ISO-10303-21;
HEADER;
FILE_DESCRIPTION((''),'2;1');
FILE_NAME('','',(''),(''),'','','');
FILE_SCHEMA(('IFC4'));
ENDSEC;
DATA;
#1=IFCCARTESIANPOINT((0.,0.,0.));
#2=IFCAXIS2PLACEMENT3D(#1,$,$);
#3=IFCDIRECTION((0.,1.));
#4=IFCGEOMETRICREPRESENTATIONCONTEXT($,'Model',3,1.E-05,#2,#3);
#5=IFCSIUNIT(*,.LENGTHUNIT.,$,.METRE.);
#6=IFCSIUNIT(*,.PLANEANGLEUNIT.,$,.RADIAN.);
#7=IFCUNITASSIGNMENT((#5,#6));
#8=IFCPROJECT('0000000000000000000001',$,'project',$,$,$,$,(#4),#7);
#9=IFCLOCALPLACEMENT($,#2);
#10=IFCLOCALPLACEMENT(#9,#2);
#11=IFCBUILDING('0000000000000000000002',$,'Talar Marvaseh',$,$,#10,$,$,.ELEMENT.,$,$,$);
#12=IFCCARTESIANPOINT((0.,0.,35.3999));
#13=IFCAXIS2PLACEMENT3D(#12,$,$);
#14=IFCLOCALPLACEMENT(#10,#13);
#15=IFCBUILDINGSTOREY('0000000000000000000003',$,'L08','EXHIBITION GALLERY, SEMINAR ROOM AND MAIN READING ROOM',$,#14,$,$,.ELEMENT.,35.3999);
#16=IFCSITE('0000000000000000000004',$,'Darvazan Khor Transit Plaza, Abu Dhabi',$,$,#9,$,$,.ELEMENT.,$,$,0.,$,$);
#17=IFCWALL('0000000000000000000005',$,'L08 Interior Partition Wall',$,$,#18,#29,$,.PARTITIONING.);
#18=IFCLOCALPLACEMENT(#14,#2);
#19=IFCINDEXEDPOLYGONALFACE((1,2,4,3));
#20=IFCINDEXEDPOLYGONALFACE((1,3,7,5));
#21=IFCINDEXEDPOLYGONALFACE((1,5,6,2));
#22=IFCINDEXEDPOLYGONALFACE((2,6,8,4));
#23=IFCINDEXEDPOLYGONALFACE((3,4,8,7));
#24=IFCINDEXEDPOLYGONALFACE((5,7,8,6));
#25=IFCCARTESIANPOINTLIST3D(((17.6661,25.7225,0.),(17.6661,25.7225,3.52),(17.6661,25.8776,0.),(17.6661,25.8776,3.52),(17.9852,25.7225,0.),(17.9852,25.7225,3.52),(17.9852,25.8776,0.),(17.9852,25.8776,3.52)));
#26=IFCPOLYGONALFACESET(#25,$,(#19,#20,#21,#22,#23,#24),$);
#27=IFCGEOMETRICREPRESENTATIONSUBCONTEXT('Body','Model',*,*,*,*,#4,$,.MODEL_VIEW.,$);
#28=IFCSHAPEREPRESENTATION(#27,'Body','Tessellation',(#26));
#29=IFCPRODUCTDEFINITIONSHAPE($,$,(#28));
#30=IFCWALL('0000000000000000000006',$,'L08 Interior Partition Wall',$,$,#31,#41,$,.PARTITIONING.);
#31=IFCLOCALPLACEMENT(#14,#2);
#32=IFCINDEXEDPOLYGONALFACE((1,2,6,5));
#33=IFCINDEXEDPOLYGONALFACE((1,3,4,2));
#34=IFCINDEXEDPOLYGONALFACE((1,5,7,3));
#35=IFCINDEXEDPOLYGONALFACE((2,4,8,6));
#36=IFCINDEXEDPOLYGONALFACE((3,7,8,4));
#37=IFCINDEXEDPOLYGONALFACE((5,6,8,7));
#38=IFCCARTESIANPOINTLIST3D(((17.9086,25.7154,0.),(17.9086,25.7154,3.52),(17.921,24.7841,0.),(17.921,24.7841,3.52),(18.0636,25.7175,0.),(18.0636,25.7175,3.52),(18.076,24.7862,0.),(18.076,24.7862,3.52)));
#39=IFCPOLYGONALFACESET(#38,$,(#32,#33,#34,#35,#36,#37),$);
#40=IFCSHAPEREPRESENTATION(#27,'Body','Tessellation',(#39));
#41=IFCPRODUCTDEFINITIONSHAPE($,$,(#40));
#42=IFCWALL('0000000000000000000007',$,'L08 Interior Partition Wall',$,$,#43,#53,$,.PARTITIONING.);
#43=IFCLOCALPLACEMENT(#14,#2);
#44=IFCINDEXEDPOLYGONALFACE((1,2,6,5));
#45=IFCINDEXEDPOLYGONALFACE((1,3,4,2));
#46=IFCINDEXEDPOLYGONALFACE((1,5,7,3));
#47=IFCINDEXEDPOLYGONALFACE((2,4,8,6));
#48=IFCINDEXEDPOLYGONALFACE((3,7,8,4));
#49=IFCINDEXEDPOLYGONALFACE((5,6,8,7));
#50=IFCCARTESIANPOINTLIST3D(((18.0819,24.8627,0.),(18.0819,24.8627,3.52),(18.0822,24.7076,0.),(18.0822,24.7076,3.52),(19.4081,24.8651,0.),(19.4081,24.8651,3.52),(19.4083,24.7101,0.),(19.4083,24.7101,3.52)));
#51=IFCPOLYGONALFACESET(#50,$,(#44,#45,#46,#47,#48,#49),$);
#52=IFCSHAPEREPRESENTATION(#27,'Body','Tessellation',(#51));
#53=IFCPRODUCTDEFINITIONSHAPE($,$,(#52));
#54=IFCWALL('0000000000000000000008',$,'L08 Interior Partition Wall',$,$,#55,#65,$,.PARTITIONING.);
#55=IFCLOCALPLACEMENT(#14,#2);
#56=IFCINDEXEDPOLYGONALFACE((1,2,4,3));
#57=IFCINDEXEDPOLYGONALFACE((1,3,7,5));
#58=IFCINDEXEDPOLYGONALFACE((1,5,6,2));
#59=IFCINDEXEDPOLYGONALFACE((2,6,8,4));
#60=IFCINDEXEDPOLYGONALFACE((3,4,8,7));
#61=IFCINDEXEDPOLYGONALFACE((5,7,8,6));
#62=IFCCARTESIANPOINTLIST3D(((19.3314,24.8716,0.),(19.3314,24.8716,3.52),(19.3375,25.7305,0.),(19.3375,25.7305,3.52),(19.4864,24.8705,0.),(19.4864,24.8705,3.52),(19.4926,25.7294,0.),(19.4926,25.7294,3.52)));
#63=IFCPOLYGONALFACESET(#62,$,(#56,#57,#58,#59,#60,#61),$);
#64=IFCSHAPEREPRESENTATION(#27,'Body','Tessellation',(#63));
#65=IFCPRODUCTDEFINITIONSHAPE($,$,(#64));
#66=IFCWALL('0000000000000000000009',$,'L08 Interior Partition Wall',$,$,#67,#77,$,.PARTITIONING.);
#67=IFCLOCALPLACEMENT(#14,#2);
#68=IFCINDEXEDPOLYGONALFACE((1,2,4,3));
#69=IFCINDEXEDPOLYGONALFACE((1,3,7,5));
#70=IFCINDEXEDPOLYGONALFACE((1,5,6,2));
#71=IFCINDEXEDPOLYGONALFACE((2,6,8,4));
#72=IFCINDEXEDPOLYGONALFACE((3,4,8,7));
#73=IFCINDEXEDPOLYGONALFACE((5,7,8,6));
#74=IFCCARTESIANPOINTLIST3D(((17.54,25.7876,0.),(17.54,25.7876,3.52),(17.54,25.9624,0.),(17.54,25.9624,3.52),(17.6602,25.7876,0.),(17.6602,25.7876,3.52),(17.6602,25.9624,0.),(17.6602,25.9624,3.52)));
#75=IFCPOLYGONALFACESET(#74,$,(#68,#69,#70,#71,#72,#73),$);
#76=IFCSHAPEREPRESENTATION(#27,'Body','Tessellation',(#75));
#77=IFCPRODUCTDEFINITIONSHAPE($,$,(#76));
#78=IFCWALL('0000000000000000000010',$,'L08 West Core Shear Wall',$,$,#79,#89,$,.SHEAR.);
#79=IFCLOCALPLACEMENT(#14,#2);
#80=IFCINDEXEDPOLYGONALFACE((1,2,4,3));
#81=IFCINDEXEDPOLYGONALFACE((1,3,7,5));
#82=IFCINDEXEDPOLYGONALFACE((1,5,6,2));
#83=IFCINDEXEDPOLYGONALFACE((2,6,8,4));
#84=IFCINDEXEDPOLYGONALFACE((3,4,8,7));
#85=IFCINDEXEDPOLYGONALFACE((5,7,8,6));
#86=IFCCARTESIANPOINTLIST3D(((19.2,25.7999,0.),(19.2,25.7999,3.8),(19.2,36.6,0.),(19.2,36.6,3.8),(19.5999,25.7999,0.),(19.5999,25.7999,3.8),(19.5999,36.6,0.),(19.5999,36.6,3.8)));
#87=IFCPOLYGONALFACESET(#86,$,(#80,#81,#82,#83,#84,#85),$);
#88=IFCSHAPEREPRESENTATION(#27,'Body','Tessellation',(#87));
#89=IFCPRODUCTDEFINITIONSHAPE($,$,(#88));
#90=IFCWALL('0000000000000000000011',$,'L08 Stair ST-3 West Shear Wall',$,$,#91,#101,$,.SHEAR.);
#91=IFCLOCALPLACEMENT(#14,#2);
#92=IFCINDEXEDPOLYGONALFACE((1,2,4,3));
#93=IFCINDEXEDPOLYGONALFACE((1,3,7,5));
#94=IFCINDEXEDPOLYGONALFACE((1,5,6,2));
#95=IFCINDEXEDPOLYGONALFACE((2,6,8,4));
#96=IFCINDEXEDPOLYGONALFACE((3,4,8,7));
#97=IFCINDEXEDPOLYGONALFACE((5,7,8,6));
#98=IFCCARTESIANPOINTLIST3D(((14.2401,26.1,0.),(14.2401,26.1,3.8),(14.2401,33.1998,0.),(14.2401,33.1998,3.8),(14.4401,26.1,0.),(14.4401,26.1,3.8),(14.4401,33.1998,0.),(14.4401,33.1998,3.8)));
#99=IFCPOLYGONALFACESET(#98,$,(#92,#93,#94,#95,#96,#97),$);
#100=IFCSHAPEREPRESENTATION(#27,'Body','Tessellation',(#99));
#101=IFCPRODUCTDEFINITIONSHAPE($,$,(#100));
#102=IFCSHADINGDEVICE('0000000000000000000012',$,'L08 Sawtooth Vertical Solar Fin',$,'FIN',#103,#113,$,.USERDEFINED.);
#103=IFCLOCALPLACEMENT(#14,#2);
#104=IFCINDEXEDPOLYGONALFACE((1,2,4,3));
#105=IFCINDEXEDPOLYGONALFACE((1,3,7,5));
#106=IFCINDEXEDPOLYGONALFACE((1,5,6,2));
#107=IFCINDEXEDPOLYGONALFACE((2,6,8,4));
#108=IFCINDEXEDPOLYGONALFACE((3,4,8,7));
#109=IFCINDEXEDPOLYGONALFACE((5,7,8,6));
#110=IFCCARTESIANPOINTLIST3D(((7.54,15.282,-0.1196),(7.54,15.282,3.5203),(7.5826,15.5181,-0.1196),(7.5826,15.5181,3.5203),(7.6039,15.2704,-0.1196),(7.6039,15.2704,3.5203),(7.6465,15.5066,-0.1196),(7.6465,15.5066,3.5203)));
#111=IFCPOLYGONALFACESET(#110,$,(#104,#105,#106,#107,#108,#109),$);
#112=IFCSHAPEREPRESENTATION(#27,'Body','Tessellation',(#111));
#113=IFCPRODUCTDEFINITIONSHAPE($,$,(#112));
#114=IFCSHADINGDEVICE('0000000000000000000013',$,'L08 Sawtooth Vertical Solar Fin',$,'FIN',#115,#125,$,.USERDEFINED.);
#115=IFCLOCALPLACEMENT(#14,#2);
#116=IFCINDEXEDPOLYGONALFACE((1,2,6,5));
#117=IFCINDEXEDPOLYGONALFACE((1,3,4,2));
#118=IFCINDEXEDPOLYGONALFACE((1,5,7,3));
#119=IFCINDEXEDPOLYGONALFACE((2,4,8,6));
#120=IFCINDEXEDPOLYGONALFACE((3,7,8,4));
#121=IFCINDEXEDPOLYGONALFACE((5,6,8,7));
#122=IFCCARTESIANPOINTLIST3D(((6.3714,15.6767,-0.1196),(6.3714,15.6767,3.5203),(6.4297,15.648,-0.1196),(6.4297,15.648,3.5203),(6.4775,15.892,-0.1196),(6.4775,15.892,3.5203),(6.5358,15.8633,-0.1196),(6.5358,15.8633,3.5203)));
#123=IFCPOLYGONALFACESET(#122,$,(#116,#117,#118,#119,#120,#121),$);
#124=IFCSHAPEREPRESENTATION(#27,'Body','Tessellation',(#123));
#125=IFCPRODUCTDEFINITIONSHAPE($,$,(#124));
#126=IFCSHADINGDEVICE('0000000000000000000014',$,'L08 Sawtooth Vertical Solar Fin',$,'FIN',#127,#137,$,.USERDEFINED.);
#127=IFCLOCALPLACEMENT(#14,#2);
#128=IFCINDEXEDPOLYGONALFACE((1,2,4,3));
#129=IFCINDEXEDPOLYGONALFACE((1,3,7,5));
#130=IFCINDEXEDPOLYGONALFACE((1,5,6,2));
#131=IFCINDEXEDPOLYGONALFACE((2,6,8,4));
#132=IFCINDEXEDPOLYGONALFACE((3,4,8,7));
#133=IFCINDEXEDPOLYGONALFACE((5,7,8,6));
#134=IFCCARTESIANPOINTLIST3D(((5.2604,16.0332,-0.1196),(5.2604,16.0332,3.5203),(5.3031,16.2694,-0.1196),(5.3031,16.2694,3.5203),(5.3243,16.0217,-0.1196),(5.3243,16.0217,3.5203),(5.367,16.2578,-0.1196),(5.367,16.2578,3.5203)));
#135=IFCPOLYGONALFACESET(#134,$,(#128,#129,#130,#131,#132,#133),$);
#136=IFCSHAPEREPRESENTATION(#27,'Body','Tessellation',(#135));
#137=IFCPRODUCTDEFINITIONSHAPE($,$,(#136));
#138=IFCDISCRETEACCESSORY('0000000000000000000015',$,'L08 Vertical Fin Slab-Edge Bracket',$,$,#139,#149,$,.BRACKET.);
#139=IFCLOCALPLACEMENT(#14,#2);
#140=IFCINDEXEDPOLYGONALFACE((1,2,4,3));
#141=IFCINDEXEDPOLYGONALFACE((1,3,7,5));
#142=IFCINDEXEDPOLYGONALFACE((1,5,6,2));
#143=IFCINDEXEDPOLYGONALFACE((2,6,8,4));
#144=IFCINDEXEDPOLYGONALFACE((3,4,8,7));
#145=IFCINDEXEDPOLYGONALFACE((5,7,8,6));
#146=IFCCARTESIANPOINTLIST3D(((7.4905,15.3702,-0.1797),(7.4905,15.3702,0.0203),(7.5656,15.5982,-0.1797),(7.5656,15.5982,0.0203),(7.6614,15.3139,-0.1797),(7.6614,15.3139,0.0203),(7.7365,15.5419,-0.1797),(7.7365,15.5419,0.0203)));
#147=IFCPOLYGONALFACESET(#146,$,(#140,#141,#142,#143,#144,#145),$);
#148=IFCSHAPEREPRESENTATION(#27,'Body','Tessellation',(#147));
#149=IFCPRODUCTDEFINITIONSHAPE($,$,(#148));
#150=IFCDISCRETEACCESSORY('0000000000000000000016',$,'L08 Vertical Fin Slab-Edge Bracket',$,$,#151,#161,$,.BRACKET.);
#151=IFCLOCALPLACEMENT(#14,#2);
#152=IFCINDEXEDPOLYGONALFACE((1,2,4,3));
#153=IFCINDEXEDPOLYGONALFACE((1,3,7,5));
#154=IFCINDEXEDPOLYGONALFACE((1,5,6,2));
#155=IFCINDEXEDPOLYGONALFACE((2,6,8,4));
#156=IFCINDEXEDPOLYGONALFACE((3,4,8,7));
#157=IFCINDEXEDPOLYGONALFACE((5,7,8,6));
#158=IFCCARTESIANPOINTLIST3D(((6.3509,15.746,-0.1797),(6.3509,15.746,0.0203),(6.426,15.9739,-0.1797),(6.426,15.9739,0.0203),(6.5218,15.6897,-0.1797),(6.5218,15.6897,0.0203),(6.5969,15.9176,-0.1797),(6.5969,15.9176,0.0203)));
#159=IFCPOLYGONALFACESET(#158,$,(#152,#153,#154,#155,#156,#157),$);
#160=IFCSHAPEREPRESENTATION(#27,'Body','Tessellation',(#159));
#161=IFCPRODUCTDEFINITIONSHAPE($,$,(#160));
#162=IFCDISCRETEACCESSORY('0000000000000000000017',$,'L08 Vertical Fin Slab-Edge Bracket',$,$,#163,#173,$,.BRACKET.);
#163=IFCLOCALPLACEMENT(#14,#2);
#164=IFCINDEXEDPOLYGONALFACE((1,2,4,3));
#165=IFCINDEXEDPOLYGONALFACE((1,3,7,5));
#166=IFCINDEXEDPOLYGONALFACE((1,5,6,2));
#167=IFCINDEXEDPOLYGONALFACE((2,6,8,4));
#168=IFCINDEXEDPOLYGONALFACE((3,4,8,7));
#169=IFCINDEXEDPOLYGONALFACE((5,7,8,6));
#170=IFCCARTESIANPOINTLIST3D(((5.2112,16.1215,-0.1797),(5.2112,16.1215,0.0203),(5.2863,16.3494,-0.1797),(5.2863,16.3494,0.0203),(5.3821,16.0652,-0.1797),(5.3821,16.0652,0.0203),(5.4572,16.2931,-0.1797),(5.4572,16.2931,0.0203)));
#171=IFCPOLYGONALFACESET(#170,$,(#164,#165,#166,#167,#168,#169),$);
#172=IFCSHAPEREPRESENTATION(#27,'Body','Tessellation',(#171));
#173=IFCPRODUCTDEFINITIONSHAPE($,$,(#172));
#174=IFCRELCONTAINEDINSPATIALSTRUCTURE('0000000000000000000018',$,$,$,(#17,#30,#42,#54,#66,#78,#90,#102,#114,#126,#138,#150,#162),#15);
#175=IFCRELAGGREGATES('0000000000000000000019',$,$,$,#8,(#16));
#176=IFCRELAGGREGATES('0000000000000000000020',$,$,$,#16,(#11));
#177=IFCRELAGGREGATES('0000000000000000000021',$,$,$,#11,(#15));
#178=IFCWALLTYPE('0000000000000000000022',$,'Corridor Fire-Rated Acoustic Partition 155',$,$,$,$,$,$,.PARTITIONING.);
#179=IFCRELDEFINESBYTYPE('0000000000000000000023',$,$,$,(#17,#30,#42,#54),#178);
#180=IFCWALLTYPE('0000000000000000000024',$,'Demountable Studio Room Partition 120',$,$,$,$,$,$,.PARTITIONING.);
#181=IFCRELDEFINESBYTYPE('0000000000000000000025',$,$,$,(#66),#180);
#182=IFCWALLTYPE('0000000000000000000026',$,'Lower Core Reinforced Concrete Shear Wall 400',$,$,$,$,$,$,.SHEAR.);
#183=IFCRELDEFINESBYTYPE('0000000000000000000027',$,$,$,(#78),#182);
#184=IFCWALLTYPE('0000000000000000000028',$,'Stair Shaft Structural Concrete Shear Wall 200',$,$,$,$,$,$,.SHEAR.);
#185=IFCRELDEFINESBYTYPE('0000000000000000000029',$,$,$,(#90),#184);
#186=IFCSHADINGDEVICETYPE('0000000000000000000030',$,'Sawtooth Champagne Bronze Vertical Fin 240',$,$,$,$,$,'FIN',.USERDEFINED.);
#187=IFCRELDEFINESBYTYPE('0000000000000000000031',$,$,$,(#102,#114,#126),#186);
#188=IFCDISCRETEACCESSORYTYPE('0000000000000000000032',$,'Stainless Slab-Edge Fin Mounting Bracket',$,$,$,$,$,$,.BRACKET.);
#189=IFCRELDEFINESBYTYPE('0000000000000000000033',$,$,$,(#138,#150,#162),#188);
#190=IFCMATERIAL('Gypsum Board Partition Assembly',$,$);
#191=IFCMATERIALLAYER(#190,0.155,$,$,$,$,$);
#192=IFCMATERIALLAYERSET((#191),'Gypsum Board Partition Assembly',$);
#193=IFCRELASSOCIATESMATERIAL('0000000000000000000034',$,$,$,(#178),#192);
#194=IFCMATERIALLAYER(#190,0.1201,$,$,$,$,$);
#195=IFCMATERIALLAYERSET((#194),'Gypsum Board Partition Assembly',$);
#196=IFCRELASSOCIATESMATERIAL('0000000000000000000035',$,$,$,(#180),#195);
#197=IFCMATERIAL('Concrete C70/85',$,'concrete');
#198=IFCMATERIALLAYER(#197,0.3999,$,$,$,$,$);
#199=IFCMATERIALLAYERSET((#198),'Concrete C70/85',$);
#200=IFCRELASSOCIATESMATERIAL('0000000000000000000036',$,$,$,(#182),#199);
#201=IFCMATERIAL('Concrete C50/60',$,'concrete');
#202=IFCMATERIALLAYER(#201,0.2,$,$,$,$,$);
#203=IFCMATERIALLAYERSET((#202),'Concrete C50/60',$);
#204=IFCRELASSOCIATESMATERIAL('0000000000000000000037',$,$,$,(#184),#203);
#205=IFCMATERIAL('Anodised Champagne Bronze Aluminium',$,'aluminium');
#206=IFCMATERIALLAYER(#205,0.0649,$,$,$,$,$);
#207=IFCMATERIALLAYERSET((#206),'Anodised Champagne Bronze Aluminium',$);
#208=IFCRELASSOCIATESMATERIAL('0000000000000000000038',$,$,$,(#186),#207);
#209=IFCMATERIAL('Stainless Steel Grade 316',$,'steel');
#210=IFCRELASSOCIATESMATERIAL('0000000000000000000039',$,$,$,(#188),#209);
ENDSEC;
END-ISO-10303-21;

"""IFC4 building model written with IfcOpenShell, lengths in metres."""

from ifc_helpers import new_model, si_unit, direction, frame, frame_2d, origin, origin_2d, place, context, subcontext, project, spatial, rectangle, extrude, source, transform, mapped, material, layer, layer_set, type_object, type_shapes, element, save


model = new_model("IFC4")

# Units and contexts
model_context = context("Model", 3, precision=1e-05, world=origin(), true_north=direction((0.0, 1.0)))
body_context = subcontext(model_context, "Body", "Model", "MODEL_VIEW")
ifc_project = project(units=[si_unit("LENGTHUNIT", "METRE"), si_unit("PLANEANGLEUNIT", "RADIAN")], contexts=[model_context])

# Site, building, storey
site_placement = place(None, origin())
site = spatial("IfcSite", under=ifc_project, at=site_placement, Name="Darvazan Khor Transit Plaza, Abu Dhabi", CompositionType="ELEMENT", RefElevation=0.0)
building_placement = place(site_placement, origin())
building = spatial("IfcBuilding", under=site, at=building_placement, Name="Talar Marvaseh", CompositionType="ELEMENT")
storey_placement = place(building_placement, frame((0.0, 0.0, 35.3999)))
storey = spatial("IfcBuildingStorey", under=building, at=storey_placement, Name="L08", Description="EXHIBITION GALLERY, SEMINAR ROOM AND MAIN READING ROOM", CompositionType="ELEMENT", Elevation=35.3999)

# Shared definitions
ifc_material_1 = material(Name="Concrete C70/85", Category="concrete")

# Walls
ifc_material_2 = material(Name="Gypsum Board Partition Assembly")
ifc_layer_1 = layer(ifc_material_2, 0.155)
ifc_layer_set_1 = layer_set([ifc_layer_1], Name="Gypsum Board Partition Assembly")
wall_type_1 = type_object("IfcWallType", Name="Corridor Fire-Rated Acoustic Partition 155", PredefinedType="PARTITIONING", material=ifc_layer_set_1)
wall_1_placement = place(storey_placement, frame((17.666, 25.8, 0.0), z_axis=(0.0, 0.0, 1.0), x_axis=(1.0, 0.0, 0.0)))
element("IfcWall", 1, at=wall_1_placement, inside=storey, type_object=wall_type_1, Name="L08 Interior Partition Wall", PredefinedType="PARTITIONING", context=body_context, shape_type="SweptSolid", body=[
    extrude(rectangle(XDim=0.3191, YDim=0.155, at=frame_2d((0.1597, 0.0))), origin(), (0.0, 0.0, 1.0), 3.52),
])
wall_2_placement = place(storey_placement, frame((17.9861, 25.7166, 0.0), z_axis=(0.0, 0.0, 1.0), x_axis=(0.013367, -0.999911, 0.0)))
element("IfcWall", 2, at=wall_2_placement, inside=storey, type_object=wall_type_1, Name="L08 Interior Partition Wall", PredefinedType="PARTITIONING", context=body_context, shape_type="SweptSolid", body=[
    extrude(rectangle(XDim=0.9314, YDim=0.155, at=frame_2d((0.4658, 0.0))), origin(), (0.0, 0.0, 1.0), 3.52),
])
wall_3_placement = place(storey_placement, frame((18.082, 24.7852, 0.0), z_axis=(0.0, 0.0, 1.0), x_axis=(0.999998, 0.001841, 0.0)))
element("IfcWall", 3, at=wall_3_placement, inside=storey, type_object=wall_type_1, Name="L08 Interior Partition Wall", PredefinedType="PARTITIONING", context=body_context, shape_type="SweptSolid", body=[
    extrude(rectangle(XDim=1.3262, YDim=0.155, at=frame_2d((0.6631, 0.0))), origin(), (0.0, 0.0, 1.0), 3.52),
])
wall_4_placement = place(storey_placement, frame((19.4089, 24.8711, 0.0), z_axis=(0.0, 0.0, 1.0), x_axis=(0.007106, 0.999975, 0.0)))
element("IfcWall", 4, at=wall_4_placement, inside=storey, type_object=wall_type_1, Name="L08 Interior Partition Wall", PredefinedType="PARTITIONING", context=body_context, shape_type="SweptSolid", body=[
    extrude(rectangle(XDim=0.8589, YDim=0.155, at=frame_2d((0.4294, 0.0))), origin(), (0.0, 0.0, 1.0), 3.52),
])
ifc_layer_2 = layer(ifc_material_2, 0.1201)
ifc_layer_set_2 = layer_set([ifc_layer_2], Name="Gypsum Board Partition Assembly")
wall_type_2 = type_object("IfcWallType", Name="Demountable Studio Room Partition 120", PredefinedType="PARTITIONING", material=ifc_layer_set_2)
wall_5_placement = place(storey_placement, frame((17.6001, 25.9624, 0.0), z_axis=(0.0, 0.0, 1.0), x_axis=(0.0, -1.0, 0.0)))
element("IfcWall", 5, at=wall_5_placement, inside=storey, type_object=wall_type_2, Name="L08 Interior Partition Wall", PredefinedType="PARTITIONING", context=body_context, shape_type="SweptSolid", body=[
    extrude(rectangle(XDim=0.1748, YDim=0.1201, at=frame_2d((0.0874, 0.0))), origin(), (0.0, 0.0, 1.0), 3.52),
])
ifc_layer_3 = layer(ifc_material_1, 0.3999)
ifc_layer_set_3 = layer_set([ifc_layer_3], Name="Concrete C70/85")
wall_type_3 = type_object("IfcWallType", Name="Lower Core Reinforced Concrete Shear Wall 400", PredefinedType="SHEAR", material=ifc_layer_set_3)
wall_6_placement = place(storey_placement, frame((19.3999, 25.8, 0.0), z_axis=(0.0, 0.0, 1.0), x_axis=(0.0, 1.0, 0.0)))
element("IfcWall", 6, at=wall_6_placement, inside=storey, type_object=wall_type_3, Name="L08 West Core Shear Wall", PredefinedType="SHEAR", context=body_context, shape_type="SweptSolid", body=[
    extrude(rectangle(XDim=10.8, YDim=0.3999, at=frame_2d((5.3999, 0.0))), origin(), (0.0, 0.0, 1.0), 3.8),
])

# Shared definitions
ifc_material_3 = material(Name="Concrete C50/60", Category="concrete")
ifc_layer_4 = layer(ifc_material_3, 0.2)
ifc_layer_set_4 = layer_set([ifc_layer_4], Name="Concrete C50/60")
wall_type_4 = type_object("IfcWallType", Name="Stair Shaft Structural Concrete Shear Wall 200", PredefinedType="SHEAR", material=ifc_layer_set_4)

# Wall
wall_7_placement = place(storey_placement, frame((14.3401, 26.1001, 0.0), z_axis=(0.0, 0.0, 1.0), x_axis=(0.0, 1.0, 0.0)))
element("IfcWall", 7, at=wall_7_placement, inside=storey, type_object=wall_type_4, Name="L08 Stair ST-3 West Shear Wall", PredefinedType="SHEAR", context=body_context, shape_type="SweptSolid", body=[
    extrude(rectangle(XDim=7.0999, YDim=0.2, at=frame_2d((3.5498, 0.0))), origin(), (0.0, 0.0, 1.0), 3.8),
])

# Shading devices
ifc_material_4 = material(Name="Anodised Champagne Bronze Aluminium", Category="aluminium")
ifc_layer_5 = layer(ifc_material_4, 0.0649)
ifc_layer_set_5 = layer_set([ifc_layer_5], Name="Anodised Champagne Bronze Aluminium")
shading_device_type = type_object("IfcShadingDeviceType", Name="Sawtooth Champagne Bronze Vertical Fin 240", ElementType="FIN", PredefinedType="USERDEFINED", material=ifc_layer_set_5)
shared_shape_1 = source(origin(), body_context, "Body", "SweptSolid", [
    extrude(rectangle(XDim=0.24, YDim=0.0649, at=origin_2d()), origin(), (0.0, 0.0, 1.0), 3.6399),
])
type_shapes(shading_device_type, [shared_shape_1])
for number, where, z_axis, x_axis, name in (
    (8, (7.5933, 15.3943, -0.1196), (0.0, 0.0, 1.0), (-0.177772, -0.984072, 0.0), "L08 Sawtooth Vertical Solar Fin"),
    (9, (6.4536, 15.77, -0.1196), (0.0, 0.0, 1.0), (-0.442132, -0.89695, 0.0), "L08 Sawtooth Vertical Solar Fin"),
    (10, (5.3137, 16.1455, -0.1196), (0.0, 0.0, 1.0), (-0.177772, -0.984072, 0.0), "L08 Sawtooth Vertical Solar Fin"),
):
    element("IfcShadingDevice", number, at=place(storey_placement, frame(where, z_axis=z_axis, x_axis=x_axis)), inside=storey, type_object=shading_device_type, Name=name, ObjectType="FIN", PredefinedType="USERDEFINED", context=body_context, shape_type="MappedRepresentation", body=[
        mapped(shared_shape_1, transform((0.0, 0.0, 0.0), x_axis=(1.0, 0.0, 0.0), y_axis=(0.0, 1.0, 0.0), z_axis=(0.0, 0.0, 1.0), scale=1.0)),
    ])

# Discrete accessories
ifc_material_5 = material(Name="Stainless Steel Grade 316", Category="steel")
discrete_accessory_type = type_object("IfcDiscreteAccessoryType", Name="Stainless Slab-Edge Fin Mounting Bracket", PredefinedType="BRACKET", material=ifc_material_5)
shared_shape_2 = source(origin(), body_context, "Body", "SweptSolid", [
    extrude(rectangle(XDim=0.24, YDim=0.1799, at=origin_2d()), origin(), (0.0, 0.0, 1.0), 0.2),
])
type_shapes(discrete_accessory_type, [shared_shape_2])
for number, where, z_axis, x_axis, name in (
    (11, (7.6135, 15.4561, -0.1797), (0.0, 0.0, 1.0), (-0.312998, -0.949754, 0.0), "L08 Vertical Fin Slab-Edge Bracket"),
    (12, (6.4739, 15.8318, -0.1797), (0.0, 0.0, 1.0), (-0.312998, -0.949754, 0.0), "L08 Vertical Fin Slab-Edge Bracket"),
    (13, (5.3342, 16.2073, -0.1797), (0.0, 0.0, 1.0), (-0.312998, -0.949754, 0.0), "L08 Vertical Fin Slab-Edge Bracket"),
):
    element("IfcDiscreteAccessory", number, at=place(storey_placement, frame(where, z_axis=z_axis, x_axis=x_axis)), inside=storey, type_object=discrete_accessory_type, Name=name, PredefinedType="BRACKET", context=body_context, shape_type="MappedRepresentation", body=[
        mapped(shared_shape_2, transform((0.0, 0.0, 0.0), x_axis=(1.0, 0.0, 0.0), y_axis=(0.0, 1.0, 0.0), z_axis=(0.0, 0.0, 1.0), scale=1.0)),
    ])

save(model, "model.ifc")
